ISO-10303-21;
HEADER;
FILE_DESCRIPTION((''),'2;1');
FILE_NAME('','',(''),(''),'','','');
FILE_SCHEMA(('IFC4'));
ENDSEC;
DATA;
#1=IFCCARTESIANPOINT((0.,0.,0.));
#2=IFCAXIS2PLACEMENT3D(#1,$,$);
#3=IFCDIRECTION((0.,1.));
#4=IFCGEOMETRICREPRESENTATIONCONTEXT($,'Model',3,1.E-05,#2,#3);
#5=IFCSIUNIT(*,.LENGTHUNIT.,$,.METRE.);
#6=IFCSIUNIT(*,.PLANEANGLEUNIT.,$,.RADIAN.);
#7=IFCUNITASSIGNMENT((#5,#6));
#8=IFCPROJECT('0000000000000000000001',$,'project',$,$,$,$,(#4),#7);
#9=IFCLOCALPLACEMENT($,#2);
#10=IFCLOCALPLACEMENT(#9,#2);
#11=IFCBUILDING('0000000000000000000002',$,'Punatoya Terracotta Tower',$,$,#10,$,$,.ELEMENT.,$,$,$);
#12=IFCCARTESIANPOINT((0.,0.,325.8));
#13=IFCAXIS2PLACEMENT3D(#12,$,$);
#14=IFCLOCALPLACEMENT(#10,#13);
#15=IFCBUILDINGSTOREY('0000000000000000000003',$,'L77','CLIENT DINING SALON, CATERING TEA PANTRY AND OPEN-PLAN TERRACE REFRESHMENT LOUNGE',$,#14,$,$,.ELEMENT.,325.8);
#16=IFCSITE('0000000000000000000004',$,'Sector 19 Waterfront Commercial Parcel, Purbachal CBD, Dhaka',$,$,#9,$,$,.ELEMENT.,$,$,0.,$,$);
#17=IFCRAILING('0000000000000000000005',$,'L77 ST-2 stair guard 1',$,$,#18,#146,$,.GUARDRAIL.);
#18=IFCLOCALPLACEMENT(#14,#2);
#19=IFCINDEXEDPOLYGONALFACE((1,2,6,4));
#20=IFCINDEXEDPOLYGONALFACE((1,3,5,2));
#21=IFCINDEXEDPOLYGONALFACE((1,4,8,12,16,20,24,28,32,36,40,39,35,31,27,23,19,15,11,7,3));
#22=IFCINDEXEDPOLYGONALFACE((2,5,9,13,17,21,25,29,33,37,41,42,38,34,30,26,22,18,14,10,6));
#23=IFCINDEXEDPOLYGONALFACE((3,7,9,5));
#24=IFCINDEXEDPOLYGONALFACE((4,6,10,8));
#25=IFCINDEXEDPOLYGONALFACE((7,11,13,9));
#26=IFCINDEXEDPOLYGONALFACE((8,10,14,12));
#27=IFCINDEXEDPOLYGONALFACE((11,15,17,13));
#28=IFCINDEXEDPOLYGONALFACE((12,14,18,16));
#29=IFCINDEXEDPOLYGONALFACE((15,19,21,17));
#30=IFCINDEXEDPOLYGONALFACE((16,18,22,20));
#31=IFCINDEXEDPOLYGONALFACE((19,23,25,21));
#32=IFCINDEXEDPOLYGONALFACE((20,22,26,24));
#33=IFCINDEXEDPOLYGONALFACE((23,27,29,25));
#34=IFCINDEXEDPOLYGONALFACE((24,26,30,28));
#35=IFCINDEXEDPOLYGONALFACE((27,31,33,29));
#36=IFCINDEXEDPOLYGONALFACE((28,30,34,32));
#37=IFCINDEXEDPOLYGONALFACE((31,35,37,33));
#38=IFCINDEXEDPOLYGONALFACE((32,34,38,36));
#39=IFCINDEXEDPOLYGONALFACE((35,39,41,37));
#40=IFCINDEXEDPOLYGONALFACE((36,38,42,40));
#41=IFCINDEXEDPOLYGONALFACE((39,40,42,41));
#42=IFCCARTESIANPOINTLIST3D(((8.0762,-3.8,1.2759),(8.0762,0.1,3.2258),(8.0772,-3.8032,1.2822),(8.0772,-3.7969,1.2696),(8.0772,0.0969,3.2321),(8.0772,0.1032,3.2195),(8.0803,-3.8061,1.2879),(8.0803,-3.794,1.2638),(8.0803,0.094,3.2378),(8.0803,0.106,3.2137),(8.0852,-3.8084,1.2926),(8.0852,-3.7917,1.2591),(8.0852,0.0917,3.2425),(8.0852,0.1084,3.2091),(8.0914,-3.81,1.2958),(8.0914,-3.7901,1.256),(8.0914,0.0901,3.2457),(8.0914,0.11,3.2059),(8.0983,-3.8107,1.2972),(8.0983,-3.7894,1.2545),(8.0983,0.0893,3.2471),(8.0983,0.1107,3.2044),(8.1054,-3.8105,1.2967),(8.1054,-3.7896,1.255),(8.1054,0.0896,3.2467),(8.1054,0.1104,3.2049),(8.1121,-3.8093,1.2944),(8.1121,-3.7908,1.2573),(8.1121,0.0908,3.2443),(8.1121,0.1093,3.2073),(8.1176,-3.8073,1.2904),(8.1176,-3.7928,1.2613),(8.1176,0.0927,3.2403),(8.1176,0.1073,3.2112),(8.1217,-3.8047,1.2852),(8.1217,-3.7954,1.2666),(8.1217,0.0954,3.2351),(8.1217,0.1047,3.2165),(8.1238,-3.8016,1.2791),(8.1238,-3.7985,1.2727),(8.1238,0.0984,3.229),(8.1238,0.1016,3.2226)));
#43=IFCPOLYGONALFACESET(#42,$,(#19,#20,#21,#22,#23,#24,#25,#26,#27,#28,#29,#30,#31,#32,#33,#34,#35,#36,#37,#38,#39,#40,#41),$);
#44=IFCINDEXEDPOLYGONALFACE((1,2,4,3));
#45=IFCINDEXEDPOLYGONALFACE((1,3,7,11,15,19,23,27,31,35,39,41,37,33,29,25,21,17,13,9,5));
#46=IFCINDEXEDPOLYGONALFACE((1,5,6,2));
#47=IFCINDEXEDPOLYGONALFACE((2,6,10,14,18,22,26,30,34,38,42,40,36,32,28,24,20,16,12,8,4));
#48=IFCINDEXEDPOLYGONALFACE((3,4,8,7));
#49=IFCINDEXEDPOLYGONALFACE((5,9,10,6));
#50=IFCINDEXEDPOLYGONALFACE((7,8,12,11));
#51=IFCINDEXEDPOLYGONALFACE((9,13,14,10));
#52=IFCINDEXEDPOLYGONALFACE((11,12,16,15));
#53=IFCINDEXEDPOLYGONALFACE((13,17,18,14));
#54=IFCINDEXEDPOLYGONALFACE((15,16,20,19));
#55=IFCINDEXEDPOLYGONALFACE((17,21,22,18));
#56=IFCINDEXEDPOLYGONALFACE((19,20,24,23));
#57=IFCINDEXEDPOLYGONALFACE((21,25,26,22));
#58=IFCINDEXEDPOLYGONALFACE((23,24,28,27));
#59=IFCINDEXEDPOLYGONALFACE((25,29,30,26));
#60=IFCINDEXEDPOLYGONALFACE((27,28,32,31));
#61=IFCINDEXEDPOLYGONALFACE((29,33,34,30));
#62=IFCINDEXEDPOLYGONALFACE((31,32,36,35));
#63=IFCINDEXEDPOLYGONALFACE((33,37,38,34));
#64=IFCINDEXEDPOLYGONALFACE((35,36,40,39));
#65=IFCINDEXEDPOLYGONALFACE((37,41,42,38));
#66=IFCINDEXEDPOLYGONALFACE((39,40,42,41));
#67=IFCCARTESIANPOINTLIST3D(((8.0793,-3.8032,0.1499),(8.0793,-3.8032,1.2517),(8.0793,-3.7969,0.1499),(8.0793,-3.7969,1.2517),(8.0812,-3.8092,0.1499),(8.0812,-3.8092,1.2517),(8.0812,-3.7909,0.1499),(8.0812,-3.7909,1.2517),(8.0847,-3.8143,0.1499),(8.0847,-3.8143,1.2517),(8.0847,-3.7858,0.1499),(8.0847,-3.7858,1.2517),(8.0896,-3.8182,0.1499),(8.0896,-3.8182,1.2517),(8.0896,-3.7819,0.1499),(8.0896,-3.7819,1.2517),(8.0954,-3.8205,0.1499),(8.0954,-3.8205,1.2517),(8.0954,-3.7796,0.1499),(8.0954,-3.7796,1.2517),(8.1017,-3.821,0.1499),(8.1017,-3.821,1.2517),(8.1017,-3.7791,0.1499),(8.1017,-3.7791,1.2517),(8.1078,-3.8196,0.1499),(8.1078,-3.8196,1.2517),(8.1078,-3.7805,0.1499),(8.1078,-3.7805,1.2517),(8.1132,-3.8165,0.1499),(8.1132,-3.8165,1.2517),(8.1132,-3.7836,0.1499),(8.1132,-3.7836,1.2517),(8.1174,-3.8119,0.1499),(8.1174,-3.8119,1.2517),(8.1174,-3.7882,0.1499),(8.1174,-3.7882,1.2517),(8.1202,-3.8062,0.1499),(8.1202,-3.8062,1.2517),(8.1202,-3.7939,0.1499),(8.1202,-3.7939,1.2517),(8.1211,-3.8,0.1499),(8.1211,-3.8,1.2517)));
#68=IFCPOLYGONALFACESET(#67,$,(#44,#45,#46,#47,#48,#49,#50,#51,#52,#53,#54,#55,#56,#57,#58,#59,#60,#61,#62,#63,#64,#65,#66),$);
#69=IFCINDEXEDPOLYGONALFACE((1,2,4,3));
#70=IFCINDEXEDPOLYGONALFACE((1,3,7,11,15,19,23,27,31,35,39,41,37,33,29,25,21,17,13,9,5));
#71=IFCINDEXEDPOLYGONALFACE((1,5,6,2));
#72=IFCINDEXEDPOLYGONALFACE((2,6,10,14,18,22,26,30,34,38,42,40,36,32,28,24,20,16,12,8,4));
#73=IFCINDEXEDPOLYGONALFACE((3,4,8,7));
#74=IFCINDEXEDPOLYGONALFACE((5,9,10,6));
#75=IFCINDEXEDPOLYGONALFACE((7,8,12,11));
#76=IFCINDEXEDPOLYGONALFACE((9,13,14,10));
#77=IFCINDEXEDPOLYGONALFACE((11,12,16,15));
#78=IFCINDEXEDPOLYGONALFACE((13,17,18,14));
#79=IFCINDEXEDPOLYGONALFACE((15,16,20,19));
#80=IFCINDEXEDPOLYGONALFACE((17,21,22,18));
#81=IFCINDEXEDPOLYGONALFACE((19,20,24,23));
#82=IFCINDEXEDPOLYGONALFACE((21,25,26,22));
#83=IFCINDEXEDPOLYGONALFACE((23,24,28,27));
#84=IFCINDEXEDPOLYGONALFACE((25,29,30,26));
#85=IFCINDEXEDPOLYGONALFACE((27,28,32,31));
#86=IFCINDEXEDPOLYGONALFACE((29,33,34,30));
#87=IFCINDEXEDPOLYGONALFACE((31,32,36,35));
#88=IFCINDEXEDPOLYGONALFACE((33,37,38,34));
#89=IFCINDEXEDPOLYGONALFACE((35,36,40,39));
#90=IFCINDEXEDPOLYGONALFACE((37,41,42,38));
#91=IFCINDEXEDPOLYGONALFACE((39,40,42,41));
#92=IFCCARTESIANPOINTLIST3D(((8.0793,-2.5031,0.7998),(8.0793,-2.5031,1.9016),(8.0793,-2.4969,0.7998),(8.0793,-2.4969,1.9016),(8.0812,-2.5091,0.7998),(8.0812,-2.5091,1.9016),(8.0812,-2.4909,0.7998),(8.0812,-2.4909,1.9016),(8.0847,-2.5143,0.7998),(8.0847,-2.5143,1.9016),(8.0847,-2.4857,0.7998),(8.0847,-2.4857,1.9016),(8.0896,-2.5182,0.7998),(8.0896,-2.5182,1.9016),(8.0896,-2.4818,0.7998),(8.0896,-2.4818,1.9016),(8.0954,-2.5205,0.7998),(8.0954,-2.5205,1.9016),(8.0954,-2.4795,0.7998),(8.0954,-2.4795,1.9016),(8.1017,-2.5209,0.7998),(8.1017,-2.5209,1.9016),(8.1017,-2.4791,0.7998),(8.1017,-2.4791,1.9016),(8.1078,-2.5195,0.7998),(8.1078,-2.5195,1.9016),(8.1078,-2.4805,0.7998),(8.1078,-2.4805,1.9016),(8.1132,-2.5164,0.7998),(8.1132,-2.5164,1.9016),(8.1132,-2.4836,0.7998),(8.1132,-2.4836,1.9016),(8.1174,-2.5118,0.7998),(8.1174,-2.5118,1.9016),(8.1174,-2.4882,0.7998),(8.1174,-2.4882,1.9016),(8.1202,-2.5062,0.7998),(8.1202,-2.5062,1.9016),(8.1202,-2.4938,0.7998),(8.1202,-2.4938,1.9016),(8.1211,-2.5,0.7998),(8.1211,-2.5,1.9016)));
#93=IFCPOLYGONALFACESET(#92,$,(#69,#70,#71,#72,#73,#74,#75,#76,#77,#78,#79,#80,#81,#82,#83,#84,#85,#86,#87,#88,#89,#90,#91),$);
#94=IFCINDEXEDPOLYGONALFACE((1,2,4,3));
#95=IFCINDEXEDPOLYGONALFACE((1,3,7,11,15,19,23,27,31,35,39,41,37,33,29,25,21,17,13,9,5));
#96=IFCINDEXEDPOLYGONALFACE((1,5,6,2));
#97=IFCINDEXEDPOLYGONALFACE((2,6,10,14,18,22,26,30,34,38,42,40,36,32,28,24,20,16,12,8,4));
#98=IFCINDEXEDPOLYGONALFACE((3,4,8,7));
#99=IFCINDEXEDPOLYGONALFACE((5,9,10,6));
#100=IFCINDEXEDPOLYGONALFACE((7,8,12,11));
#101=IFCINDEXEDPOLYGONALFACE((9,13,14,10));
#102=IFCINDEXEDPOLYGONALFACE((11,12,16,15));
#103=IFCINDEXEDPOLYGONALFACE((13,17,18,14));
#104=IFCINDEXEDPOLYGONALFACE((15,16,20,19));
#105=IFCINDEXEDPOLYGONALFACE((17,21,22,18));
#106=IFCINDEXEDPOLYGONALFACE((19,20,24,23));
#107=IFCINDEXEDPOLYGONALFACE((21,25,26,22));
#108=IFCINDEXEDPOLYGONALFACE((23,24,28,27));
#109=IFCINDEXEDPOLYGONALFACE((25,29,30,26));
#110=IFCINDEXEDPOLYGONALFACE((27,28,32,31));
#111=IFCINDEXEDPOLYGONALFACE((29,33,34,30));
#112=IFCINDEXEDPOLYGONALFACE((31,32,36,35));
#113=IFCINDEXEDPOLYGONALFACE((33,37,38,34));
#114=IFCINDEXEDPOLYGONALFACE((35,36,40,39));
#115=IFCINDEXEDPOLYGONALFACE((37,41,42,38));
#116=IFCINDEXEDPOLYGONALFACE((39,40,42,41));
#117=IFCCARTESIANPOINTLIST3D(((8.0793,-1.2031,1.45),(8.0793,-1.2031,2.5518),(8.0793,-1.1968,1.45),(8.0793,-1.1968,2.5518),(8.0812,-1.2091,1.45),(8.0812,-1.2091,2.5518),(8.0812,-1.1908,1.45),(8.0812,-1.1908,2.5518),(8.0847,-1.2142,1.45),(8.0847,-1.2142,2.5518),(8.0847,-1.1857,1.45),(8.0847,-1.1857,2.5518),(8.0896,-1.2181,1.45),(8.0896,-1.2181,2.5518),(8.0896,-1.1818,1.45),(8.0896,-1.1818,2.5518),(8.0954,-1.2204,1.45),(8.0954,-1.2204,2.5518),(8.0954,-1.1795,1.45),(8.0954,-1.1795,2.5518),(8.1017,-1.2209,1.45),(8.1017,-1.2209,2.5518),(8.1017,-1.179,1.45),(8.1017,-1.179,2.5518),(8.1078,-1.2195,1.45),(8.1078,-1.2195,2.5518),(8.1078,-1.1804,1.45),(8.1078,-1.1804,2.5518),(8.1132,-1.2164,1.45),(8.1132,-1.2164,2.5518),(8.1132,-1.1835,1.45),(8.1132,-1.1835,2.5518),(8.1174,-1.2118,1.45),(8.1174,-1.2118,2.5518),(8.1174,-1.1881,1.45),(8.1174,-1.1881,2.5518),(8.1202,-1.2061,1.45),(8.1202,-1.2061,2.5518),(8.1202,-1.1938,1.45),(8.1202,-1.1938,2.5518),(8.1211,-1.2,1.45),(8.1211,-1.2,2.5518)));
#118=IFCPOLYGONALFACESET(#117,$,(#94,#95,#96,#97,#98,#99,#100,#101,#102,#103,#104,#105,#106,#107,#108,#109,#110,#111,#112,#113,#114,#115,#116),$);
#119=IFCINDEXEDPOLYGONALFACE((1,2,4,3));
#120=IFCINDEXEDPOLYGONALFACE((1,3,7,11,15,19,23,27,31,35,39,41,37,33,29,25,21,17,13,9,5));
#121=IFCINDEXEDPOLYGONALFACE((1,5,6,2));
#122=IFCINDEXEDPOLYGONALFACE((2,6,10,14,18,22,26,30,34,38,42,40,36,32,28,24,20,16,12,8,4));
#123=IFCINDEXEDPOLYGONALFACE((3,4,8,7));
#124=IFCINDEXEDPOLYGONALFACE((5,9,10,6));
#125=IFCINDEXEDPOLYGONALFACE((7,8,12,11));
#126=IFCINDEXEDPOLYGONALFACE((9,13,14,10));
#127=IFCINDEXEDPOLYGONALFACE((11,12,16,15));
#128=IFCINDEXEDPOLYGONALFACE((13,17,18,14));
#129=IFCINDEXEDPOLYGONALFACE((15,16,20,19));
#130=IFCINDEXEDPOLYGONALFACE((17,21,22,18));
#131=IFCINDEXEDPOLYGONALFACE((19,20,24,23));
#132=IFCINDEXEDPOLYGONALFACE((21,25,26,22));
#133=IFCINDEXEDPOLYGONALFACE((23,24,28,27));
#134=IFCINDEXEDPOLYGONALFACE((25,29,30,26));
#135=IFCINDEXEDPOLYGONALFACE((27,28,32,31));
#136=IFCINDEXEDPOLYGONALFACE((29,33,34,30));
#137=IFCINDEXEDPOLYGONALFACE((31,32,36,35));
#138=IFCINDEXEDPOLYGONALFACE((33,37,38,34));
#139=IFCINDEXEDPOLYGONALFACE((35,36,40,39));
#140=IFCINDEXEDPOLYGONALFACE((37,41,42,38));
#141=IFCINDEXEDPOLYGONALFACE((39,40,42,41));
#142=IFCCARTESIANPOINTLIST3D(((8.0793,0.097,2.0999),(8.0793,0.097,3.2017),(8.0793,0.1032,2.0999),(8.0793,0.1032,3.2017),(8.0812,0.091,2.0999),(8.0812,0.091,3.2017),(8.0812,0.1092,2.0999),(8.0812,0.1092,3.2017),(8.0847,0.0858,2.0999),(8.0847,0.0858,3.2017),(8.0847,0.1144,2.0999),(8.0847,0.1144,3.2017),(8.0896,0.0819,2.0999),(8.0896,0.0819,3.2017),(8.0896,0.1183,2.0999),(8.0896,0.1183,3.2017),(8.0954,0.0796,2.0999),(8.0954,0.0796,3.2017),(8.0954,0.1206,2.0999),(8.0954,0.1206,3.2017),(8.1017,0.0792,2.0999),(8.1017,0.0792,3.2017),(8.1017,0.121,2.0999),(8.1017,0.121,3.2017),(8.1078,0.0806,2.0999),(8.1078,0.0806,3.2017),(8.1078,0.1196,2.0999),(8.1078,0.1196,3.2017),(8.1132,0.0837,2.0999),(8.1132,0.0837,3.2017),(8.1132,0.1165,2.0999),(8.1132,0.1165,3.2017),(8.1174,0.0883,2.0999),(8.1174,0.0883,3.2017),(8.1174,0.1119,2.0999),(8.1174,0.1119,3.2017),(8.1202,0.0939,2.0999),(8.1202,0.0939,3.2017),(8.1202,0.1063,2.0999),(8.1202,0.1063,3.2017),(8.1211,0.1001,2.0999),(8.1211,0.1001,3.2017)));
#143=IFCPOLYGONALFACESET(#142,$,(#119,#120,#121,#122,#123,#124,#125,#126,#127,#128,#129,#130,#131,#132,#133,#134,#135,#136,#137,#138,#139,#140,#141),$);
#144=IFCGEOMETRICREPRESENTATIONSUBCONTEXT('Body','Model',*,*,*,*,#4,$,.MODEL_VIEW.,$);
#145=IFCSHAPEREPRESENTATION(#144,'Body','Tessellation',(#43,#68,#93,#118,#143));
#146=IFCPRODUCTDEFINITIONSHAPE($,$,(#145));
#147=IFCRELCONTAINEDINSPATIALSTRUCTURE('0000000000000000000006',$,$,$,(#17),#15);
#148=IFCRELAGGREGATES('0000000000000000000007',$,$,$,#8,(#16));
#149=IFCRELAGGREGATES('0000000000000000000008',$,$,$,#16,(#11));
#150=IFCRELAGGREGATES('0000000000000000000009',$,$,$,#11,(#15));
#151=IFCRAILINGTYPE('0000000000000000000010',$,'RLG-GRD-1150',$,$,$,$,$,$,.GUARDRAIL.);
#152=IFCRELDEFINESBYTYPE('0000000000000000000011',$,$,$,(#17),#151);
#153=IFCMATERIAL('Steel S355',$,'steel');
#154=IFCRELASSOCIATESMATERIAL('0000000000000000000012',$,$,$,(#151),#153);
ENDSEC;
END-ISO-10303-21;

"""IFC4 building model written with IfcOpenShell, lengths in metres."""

from ifc_helpers import new_model, si_unit, direction, frame, origin, origin_2d, place, context, subcontext, project, spatial, circle, extrude, material, type_object, element, save


model = new_model("IFC4")

# Units and contexts
model_context = context("Model", 3, precision=1e-05, world=origin(), true_north=direction((0.0, 1.0)))
body_context = subcontext(model_context, "Body", "Model", "MODEL_VIEW")
ifc_project = project(units=[si_unit("LENGTHUNIT", "METRE"), si_unit("PLANEANGLEUNIT", "RADIAN")], contexts=[model_context])

# Site, building, storey
site_placement = place(None, origin())
site = spatial("IfcSite", under=ifc_project, at=site_placement, Name="Sector 19 Waterfront Commercial Parcel, Purbachal CBD, Dhaka", CompositionType="ELEMENT", RefElevation=0.0)
building_placement = place(site_placement, origin())
building = spatial("IfcBuilding", under=site, at=building_placement, Name="Punatoya Terracotta Tower", CompositionType="ELEMENT")
storey_placement = place(building_placement, frame((0.0, 0.0, 325.8)))
storey = spatial("IfcBuildingStorey", under=building, at=storey_placement, Name="L77", Description="CLIENT DINING SALON, CATERING TEA PANTRY AND OPEN-PLAN TERRACE REFRESHMENT LOUNGE", CompositionType="ELEMENT", Elevation=325.8)

# Shared definitions
ifc_material_1 = material(Name="Steel S355", Category="steel")

# Railing
railing_type_1 = type_object("IfcRailingType", Name="RLG-GRD-1150", PredefinedType="GUARDRAIL", material=ifc_material_1)
railing_1_placement = place(storey_placement, frame((8.1001, -3.8, 0.1499)))
element("IfcRailing", 1, at=railing_1_placement, inside=storey, type_object=railing_type_1, Name="L77 ST-2 stair guard 1", PredefinedType="GUARDRAIL", context=body_context, shape_type="SweptSolid", body=[
    extrude(circle(Radius=0.0239, at=origin_2d()), frame((0.0, 0.0, 1.126), z_axis=(0.0, 0.894438, 0.447191), x_axis=(-1.0, 0.0, 0.0)), (0.0, 0.0, 1.0), 4.3604),
    extrude(circle(Radius=0.021, at=origin_2d()), origin(), (0.0, 0.0, 1.0), 1.1018),
    extrude(circle(Radius=0.021, at=origin_2d()), frame((0.0, 1.3, 0.6499)), (0.0, 0.0, 1.0), 1.1018),
    extrude(circle(Radius=0.021, at=origin_2d()), frame((0.0, 2.6001, 1.3)), (0.0, 0.0, 1.0), 1.1018),
    extrude(circle(Radius=0.021, at=origin_2d()), frame((0.0, 3.9001, 1.95)), (0.0, 0.0, 1.0), 1.1018),
])

save(model, "model.ifc")
